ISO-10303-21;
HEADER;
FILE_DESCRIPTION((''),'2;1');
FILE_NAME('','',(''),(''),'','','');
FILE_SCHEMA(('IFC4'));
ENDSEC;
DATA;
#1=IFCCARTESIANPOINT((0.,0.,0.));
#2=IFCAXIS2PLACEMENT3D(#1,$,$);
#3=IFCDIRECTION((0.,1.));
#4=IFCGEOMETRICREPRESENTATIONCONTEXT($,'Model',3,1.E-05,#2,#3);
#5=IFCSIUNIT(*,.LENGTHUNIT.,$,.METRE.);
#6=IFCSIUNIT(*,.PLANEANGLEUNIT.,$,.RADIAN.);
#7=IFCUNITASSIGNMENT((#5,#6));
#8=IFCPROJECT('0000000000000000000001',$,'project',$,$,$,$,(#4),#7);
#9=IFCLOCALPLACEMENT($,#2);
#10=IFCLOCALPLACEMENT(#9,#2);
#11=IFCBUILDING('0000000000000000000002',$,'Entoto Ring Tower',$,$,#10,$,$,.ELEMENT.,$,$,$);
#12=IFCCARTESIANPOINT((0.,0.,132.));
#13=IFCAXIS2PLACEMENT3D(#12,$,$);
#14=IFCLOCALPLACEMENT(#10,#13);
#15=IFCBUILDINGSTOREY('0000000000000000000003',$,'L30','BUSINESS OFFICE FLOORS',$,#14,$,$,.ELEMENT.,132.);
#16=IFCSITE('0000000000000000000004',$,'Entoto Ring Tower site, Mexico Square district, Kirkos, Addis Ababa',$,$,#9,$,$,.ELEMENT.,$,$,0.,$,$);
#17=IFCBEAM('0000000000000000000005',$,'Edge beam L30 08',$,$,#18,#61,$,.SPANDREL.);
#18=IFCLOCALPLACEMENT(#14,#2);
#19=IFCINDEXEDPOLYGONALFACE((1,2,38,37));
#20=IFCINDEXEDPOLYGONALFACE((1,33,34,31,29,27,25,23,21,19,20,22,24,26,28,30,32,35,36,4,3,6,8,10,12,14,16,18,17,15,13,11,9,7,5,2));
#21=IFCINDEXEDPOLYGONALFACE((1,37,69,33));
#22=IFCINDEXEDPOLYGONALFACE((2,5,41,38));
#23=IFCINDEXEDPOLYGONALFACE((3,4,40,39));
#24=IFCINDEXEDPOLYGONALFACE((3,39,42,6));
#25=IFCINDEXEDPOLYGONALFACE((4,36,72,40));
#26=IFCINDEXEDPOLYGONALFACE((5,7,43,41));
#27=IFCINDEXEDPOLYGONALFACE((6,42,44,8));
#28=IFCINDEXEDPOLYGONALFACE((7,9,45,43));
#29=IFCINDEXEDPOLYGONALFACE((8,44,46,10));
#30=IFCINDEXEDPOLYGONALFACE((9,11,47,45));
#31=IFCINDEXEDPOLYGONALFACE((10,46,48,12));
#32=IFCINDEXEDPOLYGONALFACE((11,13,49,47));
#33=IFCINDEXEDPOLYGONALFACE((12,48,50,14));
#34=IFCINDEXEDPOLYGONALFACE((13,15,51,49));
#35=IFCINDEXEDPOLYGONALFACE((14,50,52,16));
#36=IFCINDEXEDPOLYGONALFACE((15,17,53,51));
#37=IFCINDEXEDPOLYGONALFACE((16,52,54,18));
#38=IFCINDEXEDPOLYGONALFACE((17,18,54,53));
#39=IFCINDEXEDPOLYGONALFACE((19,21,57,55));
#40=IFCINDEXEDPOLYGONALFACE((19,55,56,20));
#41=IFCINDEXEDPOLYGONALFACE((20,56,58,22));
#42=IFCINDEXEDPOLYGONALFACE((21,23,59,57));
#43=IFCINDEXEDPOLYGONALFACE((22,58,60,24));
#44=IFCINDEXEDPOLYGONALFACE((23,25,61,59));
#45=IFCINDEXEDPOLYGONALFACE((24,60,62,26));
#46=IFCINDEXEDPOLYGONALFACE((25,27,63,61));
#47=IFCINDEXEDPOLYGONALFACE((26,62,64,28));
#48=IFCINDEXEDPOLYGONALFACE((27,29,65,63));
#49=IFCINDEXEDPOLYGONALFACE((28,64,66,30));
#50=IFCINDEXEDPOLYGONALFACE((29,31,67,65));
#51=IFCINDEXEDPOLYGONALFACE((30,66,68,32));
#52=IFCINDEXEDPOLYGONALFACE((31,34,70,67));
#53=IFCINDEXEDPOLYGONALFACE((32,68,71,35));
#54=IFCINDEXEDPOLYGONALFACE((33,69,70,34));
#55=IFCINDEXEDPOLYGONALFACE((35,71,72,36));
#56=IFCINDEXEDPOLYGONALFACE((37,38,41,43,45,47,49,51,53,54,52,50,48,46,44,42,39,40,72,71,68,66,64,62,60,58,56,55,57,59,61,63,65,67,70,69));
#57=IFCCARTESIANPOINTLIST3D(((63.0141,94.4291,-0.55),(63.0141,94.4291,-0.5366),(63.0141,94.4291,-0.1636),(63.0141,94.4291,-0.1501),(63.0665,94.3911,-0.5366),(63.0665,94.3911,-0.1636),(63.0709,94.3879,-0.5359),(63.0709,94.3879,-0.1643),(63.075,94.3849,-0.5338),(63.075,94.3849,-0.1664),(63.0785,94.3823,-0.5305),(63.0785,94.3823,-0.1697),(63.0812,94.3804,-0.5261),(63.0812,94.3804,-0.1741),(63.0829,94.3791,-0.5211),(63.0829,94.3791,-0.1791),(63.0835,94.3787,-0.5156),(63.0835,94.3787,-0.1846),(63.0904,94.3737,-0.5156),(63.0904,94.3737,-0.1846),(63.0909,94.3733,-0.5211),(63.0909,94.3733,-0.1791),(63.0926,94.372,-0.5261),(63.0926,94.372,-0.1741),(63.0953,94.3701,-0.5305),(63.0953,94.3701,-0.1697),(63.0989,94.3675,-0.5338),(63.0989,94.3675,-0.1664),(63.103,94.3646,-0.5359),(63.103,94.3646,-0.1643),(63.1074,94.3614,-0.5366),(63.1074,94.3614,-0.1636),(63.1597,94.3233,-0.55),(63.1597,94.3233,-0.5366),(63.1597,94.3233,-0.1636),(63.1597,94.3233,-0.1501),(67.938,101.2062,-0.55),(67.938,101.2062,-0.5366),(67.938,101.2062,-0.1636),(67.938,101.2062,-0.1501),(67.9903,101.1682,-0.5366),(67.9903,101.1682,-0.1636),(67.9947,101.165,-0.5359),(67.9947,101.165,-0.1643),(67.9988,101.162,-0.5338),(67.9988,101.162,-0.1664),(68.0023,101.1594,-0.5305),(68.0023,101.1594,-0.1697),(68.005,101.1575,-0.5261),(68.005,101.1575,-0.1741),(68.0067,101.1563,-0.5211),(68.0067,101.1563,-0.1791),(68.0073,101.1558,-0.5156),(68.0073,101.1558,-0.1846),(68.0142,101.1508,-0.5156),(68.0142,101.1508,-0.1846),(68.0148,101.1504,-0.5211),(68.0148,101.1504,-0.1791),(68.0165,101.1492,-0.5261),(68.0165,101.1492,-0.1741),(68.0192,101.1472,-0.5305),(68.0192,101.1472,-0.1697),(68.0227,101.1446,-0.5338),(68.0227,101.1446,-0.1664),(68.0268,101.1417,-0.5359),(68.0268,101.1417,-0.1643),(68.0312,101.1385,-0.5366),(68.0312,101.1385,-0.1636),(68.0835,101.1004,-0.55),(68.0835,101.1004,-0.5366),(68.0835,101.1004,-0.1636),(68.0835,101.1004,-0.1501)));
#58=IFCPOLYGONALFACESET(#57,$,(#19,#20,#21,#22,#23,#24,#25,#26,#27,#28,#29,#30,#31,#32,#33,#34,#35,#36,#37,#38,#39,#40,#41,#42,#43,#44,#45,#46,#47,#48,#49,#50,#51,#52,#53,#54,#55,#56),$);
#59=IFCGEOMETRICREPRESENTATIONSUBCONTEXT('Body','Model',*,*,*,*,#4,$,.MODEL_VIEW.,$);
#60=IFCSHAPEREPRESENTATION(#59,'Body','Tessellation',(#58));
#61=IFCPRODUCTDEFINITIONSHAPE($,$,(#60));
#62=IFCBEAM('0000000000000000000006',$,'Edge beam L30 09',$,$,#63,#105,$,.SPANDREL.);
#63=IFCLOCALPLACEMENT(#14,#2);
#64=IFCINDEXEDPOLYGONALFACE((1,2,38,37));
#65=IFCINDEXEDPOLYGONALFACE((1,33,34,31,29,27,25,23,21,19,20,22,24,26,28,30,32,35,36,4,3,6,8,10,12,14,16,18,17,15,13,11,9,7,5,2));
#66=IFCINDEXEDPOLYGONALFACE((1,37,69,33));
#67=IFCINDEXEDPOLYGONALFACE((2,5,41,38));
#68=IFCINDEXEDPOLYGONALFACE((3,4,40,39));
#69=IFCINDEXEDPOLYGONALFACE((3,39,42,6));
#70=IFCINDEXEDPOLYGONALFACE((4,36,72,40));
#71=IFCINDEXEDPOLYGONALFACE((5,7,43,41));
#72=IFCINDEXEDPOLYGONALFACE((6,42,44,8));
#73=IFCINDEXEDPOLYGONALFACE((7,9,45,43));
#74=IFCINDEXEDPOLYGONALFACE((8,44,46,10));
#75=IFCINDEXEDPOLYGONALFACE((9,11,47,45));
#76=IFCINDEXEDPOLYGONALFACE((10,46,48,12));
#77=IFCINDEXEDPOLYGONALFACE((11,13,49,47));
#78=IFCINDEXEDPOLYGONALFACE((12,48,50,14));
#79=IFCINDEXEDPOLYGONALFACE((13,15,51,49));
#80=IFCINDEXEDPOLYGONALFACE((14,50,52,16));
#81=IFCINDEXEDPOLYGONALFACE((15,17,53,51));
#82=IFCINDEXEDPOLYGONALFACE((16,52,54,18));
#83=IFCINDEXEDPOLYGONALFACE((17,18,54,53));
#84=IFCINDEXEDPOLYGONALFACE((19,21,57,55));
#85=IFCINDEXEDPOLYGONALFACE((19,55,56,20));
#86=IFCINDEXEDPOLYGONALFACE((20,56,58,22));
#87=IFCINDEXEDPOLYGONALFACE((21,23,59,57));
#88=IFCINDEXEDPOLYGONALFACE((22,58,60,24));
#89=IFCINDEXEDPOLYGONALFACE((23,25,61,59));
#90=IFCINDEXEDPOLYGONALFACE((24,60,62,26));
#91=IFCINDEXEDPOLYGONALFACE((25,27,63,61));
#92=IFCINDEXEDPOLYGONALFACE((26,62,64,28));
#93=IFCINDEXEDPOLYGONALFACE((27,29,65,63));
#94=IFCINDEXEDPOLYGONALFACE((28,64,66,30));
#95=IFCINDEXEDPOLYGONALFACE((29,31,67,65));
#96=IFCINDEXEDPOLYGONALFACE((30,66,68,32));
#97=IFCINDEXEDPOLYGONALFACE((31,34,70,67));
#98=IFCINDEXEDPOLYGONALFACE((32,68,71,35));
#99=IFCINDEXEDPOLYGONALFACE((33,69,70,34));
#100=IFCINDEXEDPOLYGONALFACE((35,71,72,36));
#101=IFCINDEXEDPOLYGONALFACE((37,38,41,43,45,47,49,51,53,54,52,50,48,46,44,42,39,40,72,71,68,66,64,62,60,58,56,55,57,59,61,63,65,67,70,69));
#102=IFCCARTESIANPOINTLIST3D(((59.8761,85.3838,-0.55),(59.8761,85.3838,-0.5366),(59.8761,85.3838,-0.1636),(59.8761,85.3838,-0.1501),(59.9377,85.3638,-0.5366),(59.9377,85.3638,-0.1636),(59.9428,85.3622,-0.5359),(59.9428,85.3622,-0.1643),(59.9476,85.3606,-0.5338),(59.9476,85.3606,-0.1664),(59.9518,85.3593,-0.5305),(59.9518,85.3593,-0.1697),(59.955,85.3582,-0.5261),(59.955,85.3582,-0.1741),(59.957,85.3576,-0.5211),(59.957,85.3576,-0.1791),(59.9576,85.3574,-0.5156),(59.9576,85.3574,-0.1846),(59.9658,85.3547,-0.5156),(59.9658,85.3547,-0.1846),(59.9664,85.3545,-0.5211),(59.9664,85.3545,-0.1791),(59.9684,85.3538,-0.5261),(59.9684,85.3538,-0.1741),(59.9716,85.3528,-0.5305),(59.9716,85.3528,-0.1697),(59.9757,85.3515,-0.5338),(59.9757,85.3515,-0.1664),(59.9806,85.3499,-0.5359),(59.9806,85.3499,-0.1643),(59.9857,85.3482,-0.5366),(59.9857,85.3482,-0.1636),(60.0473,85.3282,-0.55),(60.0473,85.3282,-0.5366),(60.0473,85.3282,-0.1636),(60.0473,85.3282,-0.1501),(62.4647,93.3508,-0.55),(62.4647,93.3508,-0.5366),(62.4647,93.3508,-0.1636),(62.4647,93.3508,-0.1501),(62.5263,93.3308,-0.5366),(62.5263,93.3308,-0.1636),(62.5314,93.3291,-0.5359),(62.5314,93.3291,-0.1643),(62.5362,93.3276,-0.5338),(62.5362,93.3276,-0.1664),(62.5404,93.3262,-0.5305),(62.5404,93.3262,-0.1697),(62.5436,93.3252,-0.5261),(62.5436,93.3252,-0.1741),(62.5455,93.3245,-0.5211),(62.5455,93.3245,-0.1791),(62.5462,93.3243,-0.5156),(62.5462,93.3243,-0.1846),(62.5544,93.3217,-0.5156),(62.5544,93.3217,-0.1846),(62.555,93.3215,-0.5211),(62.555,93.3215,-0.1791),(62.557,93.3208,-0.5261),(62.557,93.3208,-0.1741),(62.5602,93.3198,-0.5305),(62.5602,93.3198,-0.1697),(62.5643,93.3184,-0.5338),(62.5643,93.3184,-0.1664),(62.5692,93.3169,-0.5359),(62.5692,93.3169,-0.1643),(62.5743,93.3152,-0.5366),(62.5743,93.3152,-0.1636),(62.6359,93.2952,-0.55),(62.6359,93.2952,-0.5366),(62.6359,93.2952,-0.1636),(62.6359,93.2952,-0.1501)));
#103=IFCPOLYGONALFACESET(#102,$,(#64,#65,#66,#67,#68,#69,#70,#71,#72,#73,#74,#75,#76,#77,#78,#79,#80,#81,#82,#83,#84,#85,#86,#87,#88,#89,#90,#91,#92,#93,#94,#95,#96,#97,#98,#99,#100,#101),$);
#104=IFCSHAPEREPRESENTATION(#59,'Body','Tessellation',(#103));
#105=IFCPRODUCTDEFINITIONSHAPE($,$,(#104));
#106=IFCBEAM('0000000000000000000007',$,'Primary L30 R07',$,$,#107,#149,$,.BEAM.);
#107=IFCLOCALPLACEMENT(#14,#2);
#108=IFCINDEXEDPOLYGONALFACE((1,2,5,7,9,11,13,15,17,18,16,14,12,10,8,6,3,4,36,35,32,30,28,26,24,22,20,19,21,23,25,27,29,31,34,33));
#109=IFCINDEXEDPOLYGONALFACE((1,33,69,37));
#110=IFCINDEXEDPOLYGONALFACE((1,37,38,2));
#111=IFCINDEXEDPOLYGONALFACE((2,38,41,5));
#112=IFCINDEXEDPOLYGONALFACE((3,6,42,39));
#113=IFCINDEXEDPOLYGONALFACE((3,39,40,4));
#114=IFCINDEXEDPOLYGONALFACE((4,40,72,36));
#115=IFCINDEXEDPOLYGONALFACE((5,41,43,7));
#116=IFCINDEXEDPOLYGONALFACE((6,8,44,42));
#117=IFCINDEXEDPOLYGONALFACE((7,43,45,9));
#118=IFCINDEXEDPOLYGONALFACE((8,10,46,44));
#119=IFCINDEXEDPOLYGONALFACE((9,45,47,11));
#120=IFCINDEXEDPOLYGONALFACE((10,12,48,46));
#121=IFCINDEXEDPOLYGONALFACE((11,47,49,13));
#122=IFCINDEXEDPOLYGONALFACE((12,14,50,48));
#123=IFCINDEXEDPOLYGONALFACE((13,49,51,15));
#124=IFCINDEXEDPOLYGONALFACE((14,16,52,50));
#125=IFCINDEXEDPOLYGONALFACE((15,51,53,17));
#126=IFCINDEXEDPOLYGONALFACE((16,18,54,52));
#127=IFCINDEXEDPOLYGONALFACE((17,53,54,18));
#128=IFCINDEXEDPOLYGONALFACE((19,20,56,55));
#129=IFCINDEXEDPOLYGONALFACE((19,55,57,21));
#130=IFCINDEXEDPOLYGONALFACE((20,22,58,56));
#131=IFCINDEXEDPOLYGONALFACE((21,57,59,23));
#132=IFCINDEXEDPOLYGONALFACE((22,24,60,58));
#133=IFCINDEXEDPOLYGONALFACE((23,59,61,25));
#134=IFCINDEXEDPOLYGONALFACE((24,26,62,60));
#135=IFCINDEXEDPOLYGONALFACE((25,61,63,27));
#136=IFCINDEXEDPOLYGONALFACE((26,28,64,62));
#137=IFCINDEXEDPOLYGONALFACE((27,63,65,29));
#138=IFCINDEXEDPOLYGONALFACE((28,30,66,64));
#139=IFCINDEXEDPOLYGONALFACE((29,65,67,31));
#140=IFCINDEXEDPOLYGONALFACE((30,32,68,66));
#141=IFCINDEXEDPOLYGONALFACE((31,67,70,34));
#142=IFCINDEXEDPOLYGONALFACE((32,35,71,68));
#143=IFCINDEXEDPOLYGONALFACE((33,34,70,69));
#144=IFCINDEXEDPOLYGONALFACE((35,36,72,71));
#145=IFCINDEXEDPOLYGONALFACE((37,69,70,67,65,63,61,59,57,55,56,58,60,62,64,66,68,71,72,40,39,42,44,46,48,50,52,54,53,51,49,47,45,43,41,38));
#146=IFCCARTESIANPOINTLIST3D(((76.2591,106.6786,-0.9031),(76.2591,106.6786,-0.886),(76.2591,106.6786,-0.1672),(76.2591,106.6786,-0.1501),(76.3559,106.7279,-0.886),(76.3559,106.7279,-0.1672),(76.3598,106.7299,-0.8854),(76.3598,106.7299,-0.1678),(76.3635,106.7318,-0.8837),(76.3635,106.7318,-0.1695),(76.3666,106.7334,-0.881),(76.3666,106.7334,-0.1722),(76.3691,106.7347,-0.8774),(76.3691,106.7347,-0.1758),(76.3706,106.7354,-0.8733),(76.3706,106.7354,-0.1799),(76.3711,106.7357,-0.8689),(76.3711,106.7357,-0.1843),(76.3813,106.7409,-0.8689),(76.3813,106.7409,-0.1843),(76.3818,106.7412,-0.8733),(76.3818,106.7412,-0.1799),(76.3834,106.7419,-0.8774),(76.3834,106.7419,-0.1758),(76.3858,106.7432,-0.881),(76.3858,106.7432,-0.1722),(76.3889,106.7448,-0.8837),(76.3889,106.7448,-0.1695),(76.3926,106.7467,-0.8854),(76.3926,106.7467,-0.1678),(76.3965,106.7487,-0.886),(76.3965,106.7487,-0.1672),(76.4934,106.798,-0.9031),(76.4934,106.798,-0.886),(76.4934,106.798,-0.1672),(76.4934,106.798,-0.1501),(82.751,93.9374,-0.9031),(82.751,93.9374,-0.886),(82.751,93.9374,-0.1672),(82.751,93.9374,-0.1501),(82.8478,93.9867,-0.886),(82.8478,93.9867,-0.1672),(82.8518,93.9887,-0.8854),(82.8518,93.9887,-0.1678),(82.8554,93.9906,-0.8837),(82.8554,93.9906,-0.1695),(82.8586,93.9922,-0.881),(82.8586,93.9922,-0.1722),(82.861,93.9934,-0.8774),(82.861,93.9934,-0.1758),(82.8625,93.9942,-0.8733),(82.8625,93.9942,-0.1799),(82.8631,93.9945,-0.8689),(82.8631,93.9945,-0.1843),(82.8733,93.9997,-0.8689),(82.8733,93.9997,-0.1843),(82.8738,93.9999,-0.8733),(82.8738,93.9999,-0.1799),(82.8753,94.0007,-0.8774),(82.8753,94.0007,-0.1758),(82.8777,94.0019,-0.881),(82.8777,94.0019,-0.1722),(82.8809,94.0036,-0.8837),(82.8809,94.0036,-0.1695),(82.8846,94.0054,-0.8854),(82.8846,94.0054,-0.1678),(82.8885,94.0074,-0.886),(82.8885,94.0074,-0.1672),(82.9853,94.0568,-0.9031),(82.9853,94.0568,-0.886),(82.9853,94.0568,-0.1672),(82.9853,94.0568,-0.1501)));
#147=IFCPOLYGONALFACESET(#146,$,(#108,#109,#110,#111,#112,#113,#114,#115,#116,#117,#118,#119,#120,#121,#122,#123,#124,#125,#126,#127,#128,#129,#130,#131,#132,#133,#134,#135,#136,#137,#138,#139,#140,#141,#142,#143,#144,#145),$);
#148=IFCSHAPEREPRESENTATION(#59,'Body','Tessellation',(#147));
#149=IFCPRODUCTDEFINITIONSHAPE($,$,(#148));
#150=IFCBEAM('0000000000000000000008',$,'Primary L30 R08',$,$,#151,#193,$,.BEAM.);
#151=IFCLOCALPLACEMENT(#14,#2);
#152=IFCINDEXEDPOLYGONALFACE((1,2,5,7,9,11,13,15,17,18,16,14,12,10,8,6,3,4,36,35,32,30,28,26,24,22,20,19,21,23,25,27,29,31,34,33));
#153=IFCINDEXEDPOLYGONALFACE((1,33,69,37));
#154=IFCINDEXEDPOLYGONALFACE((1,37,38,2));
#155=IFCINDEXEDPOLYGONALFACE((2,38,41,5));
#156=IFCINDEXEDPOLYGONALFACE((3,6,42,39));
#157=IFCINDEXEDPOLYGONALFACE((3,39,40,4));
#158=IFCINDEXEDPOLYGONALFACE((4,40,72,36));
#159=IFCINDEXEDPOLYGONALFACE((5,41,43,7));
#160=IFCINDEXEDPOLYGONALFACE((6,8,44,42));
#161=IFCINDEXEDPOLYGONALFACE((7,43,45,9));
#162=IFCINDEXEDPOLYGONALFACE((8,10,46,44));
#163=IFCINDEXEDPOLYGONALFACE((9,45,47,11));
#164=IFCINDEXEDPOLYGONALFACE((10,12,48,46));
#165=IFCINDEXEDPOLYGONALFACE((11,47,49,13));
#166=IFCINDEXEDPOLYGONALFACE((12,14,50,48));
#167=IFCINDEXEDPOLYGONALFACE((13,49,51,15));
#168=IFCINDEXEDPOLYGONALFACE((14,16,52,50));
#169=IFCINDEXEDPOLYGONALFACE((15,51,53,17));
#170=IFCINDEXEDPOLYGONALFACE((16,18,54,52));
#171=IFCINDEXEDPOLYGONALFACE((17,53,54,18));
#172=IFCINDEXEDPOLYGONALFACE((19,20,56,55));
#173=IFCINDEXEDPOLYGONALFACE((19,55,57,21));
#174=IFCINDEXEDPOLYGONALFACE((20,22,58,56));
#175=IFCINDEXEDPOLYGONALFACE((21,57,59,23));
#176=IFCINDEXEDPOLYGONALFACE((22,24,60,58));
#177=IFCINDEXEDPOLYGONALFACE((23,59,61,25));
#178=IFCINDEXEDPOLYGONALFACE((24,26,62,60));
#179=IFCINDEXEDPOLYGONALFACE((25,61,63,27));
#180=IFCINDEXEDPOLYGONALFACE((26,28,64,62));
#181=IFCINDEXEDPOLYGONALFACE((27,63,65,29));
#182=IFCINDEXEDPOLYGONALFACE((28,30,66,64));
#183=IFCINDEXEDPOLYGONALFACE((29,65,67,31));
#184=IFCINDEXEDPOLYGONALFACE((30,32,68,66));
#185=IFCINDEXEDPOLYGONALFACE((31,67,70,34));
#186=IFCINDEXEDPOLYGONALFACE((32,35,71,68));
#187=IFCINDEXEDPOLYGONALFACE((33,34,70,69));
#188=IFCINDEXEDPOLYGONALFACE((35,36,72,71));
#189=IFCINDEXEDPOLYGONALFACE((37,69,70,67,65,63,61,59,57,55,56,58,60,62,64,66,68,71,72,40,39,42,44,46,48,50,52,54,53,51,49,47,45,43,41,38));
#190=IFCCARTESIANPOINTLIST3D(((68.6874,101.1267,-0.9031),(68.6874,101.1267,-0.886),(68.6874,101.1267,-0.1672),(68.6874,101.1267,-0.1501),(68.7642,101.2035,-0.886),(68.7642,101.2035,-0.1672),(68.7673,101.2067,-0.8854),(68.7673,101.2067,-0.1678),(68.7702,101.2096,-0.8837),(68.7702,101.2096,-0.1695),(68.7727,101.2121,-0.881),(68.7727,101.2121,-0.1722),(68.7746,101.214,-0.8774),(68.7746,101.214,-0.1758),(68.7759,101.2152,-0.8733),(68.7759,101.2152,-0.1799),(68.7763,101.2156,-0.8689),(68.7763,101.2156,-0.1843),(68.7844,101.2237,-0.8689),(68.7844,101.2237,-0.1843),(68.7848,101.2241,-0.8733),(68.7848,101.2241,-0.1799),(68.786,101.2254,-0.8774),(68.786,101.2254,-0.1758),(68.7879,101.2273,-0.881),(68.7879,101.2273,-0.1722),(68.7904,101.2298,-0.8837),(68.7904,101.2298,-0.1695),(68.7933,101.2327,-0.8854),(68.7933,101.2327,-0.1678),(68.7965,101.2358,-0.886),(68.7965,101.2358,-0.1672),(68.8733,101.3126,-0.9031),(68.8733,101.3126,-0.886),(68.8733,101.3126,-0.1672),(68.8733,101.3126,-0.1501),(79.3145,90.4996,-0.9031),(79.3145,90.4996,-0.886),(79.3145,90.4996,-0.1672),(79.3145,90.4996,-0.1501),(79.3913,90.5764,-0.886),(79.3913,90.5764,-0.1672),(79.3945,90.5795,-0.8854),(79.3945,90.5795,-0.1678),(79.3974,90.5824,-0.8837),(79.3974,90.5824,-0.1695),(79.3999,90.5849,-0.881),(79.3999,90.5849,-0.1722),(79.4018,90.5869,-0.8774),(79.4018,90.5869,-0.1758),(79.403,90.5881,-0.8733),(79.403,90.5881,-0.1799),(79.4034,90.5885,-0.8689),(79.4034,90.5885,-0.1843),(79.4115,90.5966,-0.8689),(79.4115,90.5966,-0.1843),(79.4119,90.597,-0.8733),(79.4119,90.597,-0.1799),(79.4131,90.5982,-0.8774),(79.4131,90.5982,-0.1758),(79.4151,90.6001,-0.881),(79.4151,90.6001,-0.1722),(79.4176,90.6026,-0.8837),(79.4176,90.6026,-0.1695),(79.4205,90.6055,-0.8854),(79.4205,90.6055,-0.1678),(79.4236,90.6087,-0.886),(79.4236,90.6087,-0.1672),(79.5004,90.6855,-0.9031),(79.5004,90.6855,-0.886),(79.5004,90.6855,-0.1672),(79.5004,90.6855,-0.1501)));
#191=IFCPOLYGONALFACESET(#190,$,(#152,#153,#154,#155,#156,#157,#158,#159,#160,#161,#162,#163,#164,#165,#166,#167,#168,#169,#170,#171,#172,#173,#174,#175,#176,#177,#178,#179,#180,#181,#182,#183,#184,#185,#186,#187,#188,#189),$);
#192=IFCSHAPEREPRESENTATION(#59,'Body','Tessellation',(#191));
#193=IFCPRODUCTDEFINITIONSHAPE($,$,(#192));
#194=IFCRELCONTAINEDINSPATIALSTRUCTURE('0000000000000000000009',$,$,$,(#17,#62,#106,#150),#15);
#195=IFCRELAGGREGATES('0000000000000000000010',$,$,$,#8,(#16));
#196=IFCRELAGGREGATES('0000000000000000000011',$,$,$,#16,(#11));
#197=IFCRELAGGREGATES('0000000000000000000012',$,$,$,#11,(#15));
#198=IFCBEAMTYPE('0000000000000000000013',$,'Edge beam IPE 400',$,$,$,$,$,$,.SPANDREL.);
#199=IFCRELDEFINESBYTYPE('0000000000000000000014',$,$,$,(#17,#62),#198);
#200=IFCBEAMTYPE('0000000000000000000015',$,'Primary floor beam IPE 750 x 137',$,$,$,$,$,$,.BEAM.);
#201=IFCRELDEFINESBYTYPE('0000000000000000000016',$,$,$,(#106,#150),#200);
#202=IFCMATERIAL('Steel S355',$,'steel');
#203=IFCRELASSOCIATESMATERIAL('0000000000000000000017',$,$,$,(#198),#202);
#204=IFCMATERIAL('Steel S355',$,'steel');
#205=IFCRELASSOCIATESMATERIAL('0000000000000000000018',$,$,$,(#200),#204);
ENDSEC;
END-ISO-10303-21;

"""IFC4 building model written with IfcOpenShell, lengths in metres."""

from ifc_helpers import new_model, si_unit, direction, frame, origin, origin_2d, place, context, subcontext, project, spatial, i_section, extrude, material, material_profile, profile_set, type_object, element, save


model = new_model("IFC4")

# Units and contexts
model_context = context("Model", 3, precision=1e-05, world=origin(), true_north=direction((0.0, 1.0)))
body_context = subcontext(model_context, "Body", "Model", "MODEL_VIEW")
ifc_project = project(units=[si_unit("LENGTHUNIT", "METRE"), si_unit("PLANEANGLEUNIT", "RADIAN")], contexts=[model_context])

# Site, building, storey
site_placement = place(None, origin())
site = spatial("IfcSite", under=ifc_project, at=site_placement, Name="Entoto Ring Tower site, Mexico Square district, Kirkos, Addis Ababa", CompositionType="ELEMENT", RefElevation=0.0)
building_placement = place(site_placement, origin())
building = spatial("IfcBuilding", under=site, at=building_placement, Name="Entoto Ring Tower", CompositionType="ELEMENT")
storey_placement = place(building_placement, frame((0.0, 0.0, 132.0)))
storey = spatial("IfcBuildingStorey", under=building, at=storey_placement, Name="L30", Description="BUSINESS OFFICE FLOORS", CompositionType="ELEMENT", Elevation=132.0)

# Beams
ifc_material_1 = material(Name="Steel S355", Category="steel")
ifc_material_profile_1 = material_profile(ifc_material_1, i_section(OverallWidth=0.1799, OverallDepth=0.3999, WebThickness=0.0085, FlangeThickness=0.0134, FilletRadius=0.021, at=origin_2d()), Name="IPE 400")
ifc_profile_set_1 = profile_set([ifc_material_profile_1], Name="Steel S355")
beam_type_1 = type_object("IfcBeamType", Name="Edge beam IPE 400", PredefinedType="SPANDREL", material=ifc_profile_set_1)
for number, where, z_axis, x_axis, name in (
    (1, (68.0107, 101.1533, -0.3501), (-0.587783, -0.809018, 0.0), (0.809018, -0.587783, 0.0), "Edge beam L30 08"),
    (2, (62.5503, 93.323, -0.3501), (-0.309014, -0.951057, 0.0), (0.951057, -0.309014, 0.0), "Edge beam L30 09"),
):
    element("IfcBeam", number, at=place(storey_placement, frame(where, z_axis=z_axis, x_axis=x_axis)), inside=storey, type_object=beam_type_1, Name=name, PredefinedType="SPANDREL", context=body_context, shape_type="SweptSolid", body=[
        extrude(i_section(OverallWidth=0.1799, OverallDepth=0.3999, WebThickness=0.0085, FlangeThickness=0.0134, FilletRadius=0.021, at=origin_2d()), origin(), (0.0, 0.0, 1.0), 8.377),
    ])
ifc_material_2 = material(Name="Steel S355", Category="steel")
ifc_material_profile_2 = material_profile(ifc_material_2, i_section(OverallWidth=0.2629, OverallDepth=0.7529, WebThickness=0.0115, FlangeThickness=0.0171, FilletRadius=0.0171, at=origin_2d()), Name="IPE 750 x 137")
ifc_profile_set_2 = profile_set([ifc_material_profile_2], Name="Steel S355")
beam_type_2 = type_object("IfcBeamType", Name="Primary floor beam IPE 750 x 137", PredefinedType="BEAM", material=ifc_profile_set_2)
beam_1_placement = place(storey_placement, frame((82.8682, 93.9971, -0.5266), z_axis=(-0.453989, 0.891007, 0.0), x_axis=(-0.891007, -0.453989, 0.0)))
element("IfcBeam", 3, at=beam_1_placement, inside=storey, type_object=beam_type_2, Name="Primary L30 R07", PredefinedType="BEAM", context=body_context, shape_type="SweptSolid", body=[
    extrude(i_section(OverallWidth=0.2629, OverallDepth=0.7529, WebThickness=0.0115, FlangeThickness=0.0171, FilletRadius=0.0171, at=origin_2d()), origin(), (0.0, 0.0, 1.0), 14.2998),
])
beam_2_placement = place(storey_placement, frame((79.4075, 90.5925, -0.5266), z_axis=(-0.707107, 0.707107, 0.0), x_axis=(-0.707107, -0.707107, 0.0)))
element("IfcBeam", 4, at=beam_2_placement, inside=storey, type_object=beam_type_2, Name="Primary L30 R08", PredefinedType="BEAM", context=body_context, shape_type="SweptSolid", body=[
    extrude(i_section(OverallWidth=0.2629, OverallDepth=0.7529, WebThickness=0.0115, FlangeThickness=0.0171, FilletRadius=0.0171, at=origin_2d()), origin(), (0.0, 0.0, 1.0), 15.0291),
])

save(model, "model.ifc")
